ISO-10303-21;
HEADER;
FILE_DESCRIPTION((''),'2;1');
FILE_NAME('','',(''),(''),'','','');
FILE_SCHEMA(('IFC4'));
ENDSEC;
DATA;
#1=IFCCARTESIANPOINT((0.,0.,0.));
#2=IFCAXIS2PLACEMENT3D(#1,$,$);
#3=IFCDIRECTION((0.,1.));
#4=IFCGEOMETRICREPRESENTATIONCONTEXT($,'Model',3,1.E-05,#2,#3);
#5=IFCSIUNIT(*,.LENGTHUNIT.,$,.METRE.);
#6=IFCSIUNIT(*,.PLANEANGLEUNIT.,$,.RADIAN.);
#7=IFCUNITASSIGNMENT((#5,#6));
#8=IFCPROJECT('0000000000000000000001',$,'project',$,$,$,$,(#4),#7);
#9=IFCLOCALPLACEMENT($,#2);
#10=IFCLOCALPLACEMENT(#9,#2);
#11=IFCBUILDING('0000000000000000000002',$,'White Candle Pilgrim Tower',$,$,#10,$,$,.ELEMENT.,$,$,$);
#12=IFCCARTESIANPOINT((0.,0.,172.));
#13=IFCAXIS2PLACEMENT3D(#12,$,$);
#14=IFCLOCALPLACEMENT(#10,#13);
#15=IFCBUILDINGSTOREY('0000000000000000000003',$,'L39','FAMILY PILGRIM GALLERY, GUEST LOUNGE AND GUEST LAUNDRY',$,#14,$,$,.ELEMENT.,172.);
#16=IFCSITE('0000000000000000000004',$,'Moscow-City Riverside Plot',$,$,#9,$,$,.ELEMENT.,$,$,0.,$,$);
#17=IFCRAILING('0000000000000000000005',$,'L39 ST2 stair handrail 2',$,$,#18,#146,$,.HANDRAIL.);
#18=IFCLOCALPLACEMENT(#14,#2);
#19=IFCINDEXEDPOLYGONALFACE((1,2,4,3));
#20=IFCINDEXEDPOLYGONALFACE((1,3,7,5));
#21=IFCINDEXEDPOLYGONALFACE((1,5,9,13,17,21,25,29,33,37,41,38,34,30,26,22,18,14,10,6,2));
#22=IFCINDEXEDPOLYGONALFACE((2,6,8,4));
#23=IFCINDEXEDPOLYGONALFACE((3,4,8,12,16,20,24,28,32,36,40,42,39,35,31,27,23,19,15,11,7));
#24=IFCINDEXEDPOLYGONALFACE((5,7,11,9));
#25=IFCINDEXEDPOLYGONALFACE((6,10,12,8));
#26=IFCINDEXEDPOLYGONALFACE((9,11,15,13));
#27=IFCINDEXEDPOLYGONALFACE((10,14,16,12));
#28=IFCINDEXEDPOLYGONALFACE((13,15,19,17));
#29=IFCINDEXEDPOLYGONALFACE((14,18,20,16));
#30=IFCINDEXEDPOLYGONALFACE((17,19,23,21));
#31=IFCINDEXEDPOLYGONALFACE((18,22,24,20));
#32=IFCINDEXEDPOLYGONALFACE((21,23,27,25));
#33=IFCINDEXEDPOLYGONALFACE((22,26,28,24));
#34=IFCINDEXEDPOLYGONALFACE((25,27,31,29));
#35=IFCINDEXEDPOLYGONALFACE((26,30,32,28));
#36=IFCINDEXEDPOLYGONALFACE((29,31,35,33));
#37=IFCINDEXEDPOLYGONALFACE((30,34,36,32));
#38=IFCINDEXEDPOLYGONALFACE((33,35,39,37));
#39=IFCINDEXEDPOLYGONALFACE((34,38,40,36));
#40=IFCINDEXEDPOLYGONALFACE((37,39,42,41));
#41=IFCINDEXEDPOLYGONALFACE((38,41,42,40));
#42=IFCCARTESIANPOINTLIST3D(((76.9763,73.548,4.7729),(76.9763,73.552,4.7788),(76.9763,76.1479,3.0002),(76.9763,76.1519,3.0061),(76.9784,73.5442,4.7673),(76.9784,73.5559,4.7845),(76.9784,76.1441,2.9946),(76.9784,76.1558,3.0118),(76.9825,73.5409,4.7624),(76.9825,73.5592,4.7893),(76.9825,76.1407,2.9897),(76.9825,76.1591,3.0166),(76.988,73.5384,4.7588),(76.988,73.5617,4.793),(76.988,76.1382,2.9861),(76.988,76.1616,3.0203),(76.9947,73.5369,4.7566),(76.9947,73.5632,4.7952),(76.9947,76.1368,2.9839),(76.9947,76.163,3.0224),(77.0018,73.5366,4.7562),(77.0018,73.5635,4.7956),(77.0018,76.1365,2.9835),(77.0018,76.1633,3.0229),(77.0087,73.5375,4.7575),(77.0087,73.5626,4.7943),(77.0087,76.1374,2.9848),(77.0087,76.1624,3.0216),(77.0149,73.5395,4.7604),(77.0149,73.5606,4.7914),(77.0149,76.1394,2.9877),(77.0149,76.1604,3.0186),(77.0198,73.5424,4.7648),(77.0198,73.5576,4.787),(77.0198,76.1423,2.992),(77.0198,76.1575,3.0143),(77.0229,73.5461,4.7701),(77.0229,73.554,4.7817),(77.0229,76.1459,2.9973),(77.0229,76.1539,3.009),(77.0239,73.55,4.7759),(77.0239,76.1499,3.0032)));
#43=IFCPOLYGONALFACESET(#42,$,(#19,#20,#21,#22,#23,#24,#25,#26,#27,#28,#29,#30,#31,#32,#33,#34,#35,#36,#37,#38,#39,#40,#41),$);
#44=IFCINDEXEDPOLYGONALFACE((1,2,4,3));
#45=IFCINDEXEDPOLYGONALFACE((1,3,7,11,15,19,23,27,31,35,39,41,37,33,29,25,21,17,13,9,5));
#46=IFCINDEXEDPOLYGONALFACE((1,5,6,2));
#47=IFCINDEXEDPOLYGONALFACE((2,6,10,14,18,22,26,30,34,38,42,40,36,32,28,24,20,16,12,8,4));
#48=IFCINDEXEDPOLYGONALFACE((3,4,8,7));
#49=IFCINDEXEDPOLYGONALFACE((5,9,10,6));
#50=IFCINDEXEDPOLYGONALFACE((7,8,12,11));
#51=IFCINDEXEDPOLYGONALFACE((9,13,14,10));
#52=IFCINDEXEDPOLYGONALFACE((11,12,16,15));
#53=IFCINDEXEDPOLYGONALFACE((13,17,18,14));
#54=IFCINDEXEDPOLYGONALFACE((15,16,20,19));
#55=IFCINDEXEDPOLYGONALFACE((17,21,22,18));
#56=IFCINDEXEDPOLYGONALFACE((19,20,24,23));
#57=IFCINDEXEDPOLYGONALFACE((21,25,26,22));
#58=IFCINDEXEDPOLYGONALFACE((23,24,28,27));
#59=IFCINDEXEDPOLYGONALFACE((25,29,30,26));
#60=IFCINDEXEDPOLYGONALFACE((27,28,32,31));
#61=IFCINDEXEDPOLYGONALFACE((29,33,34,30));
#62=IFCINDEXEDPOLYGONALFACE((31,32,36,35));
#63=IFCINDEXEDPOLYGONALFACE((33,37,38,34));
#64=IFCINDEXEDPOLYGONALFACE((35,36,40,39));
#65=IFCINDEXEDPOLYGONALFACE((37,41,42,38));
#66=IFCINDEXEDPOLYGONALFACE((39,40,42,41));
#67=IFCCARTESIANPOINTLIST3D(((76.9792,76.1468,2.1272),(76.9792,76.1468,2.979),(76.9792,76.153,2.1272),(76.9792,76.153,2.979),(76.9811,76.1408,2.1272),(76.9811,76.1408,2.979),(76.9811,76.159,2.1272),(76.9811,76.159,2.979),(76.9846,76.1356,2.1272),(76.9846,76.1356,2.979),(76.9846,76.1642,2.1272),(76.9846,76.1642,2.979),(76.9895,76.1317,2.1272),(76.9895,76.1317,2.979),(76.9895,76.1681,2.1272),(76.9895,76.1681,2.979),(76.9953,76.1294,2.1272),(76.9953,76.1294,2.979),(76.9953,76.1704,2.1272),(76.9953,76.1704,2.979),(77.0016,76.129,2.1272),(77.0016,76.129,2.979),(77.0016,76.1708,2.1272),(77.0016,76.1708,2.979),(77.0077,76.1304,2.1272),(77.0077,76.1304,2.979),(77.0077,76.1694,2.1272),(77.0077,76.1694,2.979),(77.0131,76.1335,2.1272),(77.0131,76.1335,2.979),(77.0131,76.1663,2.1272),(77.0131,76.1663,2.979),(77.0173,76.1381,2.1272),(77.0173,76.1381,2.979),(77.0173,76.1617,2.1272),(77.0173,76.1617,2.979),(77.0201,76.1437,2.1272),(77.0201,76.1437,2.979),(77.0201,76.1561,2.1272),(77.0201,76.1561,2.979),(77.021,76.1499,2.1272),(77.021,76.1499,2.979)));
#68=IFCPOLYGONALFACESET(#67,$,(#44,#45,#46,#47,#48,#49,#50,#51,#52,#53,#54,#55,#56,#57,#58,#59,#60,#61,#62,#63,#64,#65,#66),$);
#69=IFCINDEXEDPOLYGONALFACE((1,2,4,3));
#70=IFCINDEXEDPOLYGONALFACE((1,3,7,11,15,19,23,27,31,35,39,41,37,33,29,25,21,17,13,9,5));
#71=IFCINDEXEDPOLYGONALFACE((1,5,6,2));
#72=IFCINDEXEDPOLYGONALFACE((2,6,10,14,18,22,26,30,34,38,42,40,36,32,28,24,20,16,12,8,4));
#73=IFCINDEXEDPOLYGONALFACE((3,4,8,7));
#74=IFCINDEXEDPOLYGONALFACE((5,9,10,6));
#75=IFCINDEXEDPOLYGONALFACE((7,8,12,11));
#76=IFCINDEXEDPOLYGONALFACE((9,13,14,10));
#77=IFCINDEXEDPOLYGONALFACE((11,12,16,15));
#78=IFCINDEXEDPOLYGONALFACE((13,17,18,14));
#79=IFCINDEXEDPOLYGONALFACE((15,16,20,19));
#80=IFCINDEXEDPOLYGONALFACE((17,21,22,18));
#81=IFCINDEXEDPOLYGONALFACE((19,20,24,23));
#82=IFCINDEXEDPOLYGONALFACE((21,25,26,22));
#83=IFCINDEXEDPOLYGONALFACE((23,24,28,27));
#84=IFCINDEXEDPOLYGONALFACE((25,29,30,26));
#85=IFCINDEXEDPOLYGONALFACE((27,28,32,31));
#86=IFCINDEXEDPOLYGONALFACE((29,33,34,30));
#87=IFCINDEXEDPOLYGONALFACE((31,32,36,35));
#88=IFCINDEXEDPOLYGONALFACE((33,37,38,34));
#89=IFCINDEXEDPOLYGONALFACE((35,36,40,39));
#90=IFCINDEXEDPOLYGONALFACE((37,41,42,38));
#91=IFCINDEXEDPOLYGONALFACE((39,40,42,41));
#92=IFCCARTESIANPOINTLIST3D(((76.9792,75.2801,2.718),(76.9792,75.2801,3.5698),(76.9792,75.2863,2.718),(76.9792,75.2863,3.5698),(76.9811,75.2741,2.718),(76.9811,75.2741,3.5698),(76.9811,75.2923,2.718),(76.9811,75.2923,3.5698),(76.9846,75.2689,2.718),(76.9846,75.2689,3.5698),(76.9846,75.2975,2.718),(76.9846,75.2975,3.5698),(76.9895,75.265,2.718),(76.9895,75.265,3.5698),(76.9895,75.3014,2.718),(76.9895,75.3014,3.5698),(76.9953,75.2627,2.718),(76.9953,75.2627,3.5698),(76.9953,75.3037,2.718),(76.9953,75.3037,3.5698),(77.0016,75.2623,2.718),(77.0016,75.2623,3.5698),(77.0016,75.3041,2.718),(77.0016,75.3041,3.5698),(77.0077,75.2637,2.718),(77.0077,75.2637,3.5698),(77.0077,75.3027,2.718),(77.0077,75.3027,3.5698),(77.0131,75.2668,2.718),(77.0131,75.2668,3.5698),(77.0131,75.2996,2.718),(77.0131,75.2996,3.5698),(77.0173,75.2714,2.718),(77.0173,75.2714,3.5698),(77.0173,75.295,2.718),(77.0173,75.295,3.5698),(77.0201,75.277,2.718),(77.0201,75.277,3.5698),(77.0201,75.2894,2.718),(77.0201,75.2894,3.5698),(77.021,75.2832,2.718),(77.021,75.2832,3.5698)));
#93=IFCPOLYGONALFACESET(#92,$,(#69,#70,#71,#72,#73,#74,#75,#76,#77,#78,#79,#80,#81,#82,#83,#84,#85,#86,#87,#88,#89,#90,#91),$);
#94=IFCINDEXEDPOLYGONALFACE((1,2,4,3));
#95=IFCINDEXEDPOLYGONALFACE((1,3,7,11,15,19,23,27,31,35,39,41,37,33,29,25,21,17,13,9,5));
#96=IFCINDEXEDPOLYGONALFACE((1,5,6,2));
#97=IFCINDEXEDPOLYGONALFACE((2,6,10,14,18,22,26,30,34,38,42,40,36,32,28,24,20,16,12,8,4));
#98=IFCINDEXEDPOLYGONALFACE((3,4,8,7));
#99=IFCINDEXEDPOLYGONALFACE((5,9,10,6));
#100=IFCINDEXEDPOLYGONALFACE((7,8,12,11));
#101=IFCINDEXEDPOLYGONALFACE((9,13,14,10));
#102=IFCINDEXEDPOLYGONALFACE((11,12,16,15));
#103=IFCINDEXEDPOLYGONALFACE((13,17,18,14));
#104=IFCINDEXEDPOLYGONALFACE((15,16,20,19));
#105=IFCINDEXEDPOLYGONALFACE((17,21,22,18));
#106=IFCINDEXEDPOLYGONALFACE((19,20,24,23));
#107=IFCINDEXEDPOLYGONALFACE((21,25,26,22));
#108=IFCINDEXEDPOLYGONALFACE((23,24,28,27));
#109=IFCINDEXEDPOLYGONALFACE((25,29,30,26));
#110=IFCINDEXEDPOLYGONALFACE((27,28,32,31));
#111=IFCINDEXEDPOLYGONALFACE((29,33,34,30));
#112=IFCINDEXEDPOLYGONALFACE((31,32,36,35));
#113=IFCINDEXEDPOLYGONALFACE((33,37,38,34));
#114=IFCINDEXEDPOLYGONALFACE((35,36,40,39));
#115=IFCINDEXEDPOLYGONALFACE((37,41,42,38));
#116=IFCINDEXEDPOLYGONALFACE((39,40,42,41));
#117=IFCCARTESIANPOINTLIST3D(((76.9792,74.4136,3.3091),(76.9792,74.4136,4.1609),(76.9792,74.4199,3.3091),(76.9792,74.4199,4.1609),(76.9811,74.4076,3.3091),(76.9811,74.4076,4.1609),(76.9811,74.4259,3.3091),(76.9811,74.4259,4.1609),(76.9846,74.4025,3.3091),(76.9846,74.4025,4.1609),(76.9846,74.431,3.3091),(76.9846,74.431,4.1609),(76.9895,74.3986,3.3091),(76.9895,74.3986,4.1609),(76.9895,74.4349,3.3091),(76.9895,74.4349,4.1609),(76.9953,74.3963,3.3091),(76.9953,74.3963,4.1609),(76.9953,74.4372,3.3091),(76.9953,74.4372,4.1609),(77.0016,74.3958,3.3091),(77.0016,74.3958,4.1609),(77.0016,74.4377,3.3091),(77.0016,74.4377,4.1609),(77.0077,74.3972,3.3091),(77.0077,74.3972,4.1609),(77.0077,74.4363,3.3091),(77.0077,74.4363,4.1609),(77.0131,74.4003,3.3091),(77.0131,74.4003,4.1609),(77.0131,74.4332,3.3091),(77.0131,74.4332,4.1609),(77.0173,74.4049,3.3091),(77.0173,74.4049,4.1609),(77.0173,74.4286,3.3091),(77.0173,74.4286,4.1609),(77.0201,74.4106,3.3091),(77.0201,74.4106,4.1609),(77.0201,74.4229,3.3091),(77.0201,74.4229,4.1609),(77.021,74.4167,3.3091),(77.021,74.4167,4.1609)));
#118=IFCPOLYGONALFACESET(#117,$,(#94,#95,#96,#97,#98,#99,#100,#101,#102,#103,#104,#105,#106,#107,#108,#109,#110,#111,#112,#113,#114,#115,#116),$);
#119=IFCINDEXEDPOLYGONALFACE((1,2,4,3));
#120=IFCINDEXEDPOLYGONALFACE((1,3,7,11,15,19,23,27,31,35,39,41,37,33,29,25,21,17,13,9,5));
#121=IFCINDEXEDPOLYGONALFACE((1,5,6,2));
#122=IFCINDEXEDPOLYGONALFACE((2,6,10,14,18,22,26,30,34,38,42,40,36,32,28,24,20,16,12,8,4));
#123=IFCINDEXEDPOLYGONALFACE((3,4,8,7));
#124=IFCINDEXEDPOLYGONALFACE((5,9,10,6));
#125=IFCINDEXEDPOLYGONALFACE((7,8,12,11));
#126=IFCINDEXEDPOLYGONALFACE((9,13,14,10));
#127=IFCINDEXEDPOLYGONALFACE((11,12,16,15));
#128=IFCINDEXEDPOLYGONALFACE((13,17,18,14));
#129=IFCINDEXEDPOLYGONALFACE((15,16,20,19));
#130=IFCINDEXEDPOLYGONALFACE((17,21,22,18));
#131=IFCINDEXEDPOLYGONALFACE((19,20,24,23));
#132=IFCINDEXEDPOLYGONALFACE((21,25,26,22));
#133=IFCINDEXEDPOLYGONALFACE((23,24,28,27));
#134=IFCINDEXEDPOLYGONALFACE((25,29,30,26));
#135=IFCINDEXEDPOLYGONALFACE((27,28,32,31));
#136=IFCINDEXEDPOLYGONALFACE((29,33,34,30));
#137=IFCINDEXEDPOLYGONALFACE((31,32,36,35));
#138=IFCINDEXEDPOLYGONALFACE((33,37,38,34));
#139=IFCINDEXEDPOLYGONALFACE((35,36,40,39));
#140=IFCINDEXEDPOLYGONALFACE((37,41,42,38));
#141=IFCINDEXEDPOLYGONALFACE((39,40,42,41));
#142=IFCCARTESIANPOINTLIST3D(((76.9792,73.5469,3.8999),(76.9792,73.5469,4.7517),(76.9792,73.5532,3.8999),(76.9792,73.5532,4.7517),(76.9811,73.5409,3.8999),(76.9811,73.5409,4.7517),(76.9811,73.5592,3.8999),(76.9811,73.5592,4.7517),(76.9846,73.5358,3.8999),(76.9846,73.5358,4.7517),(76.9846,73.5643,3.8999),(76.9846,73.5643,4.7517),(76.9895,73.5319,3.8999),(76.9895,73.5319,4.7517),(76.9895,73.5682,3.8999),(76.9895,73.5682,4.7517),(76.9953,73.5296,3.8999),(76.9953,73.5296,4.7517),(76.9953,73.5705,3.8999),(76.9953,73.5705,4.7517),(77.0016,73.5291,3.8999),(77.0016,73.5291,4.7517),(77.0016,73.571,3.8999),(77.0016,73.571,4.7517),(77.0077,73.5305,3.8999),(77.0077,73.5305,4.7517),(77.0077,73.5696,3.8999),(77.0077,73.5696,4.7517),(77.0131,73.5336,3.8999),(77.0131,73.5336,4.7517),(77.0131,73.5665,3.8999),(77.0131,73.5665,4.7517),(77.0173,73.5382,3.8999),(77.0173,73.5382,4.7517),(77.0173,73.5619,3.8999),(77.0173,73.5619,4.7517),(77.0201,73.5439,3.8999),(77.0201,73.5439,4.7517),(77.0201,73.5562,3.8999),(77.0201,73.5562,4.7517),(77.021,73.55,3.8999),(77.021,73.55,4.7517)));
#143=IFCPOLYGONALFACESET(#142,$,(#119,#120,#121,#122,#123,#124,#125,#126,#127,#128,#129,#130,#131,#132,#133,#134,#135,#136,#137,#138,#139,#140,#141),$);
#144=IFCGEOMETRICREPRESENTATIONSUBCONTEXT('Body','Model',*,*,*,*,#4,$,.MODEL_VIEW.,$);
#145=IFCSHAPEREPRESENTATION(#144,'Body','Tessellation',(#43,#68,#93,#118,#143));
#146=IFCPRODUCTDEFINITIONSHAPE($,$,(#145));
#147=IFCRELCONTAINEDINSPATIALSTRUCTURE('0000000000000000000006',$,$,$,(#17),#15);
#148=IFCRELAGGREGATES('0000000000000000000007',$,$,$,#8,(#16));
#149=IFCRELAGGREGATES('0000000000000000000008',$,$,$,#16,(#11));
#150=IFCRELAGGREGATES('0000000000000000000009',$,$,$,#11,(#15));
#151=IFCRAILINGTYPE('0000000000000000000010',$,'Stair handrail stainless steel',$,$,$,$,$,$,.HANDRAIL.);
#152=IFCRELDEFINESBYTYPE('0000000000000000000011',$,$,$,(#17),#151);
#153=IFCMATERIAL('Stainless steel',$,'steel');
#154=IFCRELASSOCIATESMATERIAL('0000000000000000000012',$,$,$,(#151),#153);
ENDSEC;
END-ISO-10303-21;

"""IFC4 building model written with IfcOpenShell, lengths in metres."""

from ifc_helpers import new_model, si_unit, direction, frame, origin, origin_2d, place, context, subcontext, project, spatial, circle, extrude, material, type_object, element, save


model = new_model("IFC4")

# Units and contexts
model_context = context("Model", 3, precision=1e-05, world=origin(), true_north=direction((0.0, 1.0)))
body_context = subcontext(model_context, "Body", "Model", "MODEL_VIEW")
ifc_project = project(units=[si_unit("LENGTHUNIT", "METRE"), si_unit("PLANEANGLEUNIT", "RADIAN")], contexts=[model_context])

# Site, building, storey
site_placement = place(None, origin())
site = spatial("IfcSite", under=ifc_project, at=site_placement, Name="Moscow-City Riverside Plot", CompositionType="ELEMENT", RefElevation=0.0)
building_placement = place(site_placement, origin())
building = spatial("IfcBuilding", under=site, at=building_placement, Name="White Candle Pilgrim Tower", CompositionType="ELEMENT")
storey_placement = place(building_placement, frame((0.0, 0.0, 172.0)))
storey = spatial("IfcBuildingStorey", under=building, at=storey_placement, Name="L39", Description="FAMILY PILGRIM GALLERY, GUEST LOUNGE AND GUEST LAUNDRY", CompositionType="ELEMENT", Elevation=172.0)

# Railing
ifc_material_1 = material(Name="Stainless steel", Category="steel")
railing_type_1 = type_object("IfcRailingType", Name="Stair handrail stainless steel", PredefinedType="HANDRAIL", material=ifc_material_1)
railing_1_placement = place(storey_placement, frame((77.0, 76.1499, 2.1272)))
element("IfcRailing", 1, at=railing_1_placement, inside=storey, type_object=railing_type_1, Name="L39 ST2 stair handrail 2", PredefinedType="HANDRAIL", context=body_context, shape_type="SweptSolid", body=[
    extrude(circle(Radius=0.0239, at=origin_2d()), frame((0.0, 0.0, 0.876), z_axis=(0.0, -0.826216, 0.563354), x_axis=(1.0, 0.0, 0.0)), (0.0, 0.0, 1.0), 3.1467),
    extrude(circle(Radius=0.021, at=origin_2d()), origin(), (0.0, 0.0, 1.0), 0.8518),
    extrude(circle(Radius=0.021, at=origin_2d()), frame((0.0, -0.8667, 0.5908)), (0.0, 0.0, 1.0), 0.8518),
    extrude(circle(Radius=0.021, at=origin_2d()), frame((0.0, -1.7332, 1.1819)), (0.0, 0.0, 1.0), 0.8518),
    extrude(circle(Radius=0.021, at=origin_2d()), frame((0.0, -2.5999, 1.7727)), (0.0, 0.0, 1.0), 0.8518),
])

save(model, "model.ifc")
